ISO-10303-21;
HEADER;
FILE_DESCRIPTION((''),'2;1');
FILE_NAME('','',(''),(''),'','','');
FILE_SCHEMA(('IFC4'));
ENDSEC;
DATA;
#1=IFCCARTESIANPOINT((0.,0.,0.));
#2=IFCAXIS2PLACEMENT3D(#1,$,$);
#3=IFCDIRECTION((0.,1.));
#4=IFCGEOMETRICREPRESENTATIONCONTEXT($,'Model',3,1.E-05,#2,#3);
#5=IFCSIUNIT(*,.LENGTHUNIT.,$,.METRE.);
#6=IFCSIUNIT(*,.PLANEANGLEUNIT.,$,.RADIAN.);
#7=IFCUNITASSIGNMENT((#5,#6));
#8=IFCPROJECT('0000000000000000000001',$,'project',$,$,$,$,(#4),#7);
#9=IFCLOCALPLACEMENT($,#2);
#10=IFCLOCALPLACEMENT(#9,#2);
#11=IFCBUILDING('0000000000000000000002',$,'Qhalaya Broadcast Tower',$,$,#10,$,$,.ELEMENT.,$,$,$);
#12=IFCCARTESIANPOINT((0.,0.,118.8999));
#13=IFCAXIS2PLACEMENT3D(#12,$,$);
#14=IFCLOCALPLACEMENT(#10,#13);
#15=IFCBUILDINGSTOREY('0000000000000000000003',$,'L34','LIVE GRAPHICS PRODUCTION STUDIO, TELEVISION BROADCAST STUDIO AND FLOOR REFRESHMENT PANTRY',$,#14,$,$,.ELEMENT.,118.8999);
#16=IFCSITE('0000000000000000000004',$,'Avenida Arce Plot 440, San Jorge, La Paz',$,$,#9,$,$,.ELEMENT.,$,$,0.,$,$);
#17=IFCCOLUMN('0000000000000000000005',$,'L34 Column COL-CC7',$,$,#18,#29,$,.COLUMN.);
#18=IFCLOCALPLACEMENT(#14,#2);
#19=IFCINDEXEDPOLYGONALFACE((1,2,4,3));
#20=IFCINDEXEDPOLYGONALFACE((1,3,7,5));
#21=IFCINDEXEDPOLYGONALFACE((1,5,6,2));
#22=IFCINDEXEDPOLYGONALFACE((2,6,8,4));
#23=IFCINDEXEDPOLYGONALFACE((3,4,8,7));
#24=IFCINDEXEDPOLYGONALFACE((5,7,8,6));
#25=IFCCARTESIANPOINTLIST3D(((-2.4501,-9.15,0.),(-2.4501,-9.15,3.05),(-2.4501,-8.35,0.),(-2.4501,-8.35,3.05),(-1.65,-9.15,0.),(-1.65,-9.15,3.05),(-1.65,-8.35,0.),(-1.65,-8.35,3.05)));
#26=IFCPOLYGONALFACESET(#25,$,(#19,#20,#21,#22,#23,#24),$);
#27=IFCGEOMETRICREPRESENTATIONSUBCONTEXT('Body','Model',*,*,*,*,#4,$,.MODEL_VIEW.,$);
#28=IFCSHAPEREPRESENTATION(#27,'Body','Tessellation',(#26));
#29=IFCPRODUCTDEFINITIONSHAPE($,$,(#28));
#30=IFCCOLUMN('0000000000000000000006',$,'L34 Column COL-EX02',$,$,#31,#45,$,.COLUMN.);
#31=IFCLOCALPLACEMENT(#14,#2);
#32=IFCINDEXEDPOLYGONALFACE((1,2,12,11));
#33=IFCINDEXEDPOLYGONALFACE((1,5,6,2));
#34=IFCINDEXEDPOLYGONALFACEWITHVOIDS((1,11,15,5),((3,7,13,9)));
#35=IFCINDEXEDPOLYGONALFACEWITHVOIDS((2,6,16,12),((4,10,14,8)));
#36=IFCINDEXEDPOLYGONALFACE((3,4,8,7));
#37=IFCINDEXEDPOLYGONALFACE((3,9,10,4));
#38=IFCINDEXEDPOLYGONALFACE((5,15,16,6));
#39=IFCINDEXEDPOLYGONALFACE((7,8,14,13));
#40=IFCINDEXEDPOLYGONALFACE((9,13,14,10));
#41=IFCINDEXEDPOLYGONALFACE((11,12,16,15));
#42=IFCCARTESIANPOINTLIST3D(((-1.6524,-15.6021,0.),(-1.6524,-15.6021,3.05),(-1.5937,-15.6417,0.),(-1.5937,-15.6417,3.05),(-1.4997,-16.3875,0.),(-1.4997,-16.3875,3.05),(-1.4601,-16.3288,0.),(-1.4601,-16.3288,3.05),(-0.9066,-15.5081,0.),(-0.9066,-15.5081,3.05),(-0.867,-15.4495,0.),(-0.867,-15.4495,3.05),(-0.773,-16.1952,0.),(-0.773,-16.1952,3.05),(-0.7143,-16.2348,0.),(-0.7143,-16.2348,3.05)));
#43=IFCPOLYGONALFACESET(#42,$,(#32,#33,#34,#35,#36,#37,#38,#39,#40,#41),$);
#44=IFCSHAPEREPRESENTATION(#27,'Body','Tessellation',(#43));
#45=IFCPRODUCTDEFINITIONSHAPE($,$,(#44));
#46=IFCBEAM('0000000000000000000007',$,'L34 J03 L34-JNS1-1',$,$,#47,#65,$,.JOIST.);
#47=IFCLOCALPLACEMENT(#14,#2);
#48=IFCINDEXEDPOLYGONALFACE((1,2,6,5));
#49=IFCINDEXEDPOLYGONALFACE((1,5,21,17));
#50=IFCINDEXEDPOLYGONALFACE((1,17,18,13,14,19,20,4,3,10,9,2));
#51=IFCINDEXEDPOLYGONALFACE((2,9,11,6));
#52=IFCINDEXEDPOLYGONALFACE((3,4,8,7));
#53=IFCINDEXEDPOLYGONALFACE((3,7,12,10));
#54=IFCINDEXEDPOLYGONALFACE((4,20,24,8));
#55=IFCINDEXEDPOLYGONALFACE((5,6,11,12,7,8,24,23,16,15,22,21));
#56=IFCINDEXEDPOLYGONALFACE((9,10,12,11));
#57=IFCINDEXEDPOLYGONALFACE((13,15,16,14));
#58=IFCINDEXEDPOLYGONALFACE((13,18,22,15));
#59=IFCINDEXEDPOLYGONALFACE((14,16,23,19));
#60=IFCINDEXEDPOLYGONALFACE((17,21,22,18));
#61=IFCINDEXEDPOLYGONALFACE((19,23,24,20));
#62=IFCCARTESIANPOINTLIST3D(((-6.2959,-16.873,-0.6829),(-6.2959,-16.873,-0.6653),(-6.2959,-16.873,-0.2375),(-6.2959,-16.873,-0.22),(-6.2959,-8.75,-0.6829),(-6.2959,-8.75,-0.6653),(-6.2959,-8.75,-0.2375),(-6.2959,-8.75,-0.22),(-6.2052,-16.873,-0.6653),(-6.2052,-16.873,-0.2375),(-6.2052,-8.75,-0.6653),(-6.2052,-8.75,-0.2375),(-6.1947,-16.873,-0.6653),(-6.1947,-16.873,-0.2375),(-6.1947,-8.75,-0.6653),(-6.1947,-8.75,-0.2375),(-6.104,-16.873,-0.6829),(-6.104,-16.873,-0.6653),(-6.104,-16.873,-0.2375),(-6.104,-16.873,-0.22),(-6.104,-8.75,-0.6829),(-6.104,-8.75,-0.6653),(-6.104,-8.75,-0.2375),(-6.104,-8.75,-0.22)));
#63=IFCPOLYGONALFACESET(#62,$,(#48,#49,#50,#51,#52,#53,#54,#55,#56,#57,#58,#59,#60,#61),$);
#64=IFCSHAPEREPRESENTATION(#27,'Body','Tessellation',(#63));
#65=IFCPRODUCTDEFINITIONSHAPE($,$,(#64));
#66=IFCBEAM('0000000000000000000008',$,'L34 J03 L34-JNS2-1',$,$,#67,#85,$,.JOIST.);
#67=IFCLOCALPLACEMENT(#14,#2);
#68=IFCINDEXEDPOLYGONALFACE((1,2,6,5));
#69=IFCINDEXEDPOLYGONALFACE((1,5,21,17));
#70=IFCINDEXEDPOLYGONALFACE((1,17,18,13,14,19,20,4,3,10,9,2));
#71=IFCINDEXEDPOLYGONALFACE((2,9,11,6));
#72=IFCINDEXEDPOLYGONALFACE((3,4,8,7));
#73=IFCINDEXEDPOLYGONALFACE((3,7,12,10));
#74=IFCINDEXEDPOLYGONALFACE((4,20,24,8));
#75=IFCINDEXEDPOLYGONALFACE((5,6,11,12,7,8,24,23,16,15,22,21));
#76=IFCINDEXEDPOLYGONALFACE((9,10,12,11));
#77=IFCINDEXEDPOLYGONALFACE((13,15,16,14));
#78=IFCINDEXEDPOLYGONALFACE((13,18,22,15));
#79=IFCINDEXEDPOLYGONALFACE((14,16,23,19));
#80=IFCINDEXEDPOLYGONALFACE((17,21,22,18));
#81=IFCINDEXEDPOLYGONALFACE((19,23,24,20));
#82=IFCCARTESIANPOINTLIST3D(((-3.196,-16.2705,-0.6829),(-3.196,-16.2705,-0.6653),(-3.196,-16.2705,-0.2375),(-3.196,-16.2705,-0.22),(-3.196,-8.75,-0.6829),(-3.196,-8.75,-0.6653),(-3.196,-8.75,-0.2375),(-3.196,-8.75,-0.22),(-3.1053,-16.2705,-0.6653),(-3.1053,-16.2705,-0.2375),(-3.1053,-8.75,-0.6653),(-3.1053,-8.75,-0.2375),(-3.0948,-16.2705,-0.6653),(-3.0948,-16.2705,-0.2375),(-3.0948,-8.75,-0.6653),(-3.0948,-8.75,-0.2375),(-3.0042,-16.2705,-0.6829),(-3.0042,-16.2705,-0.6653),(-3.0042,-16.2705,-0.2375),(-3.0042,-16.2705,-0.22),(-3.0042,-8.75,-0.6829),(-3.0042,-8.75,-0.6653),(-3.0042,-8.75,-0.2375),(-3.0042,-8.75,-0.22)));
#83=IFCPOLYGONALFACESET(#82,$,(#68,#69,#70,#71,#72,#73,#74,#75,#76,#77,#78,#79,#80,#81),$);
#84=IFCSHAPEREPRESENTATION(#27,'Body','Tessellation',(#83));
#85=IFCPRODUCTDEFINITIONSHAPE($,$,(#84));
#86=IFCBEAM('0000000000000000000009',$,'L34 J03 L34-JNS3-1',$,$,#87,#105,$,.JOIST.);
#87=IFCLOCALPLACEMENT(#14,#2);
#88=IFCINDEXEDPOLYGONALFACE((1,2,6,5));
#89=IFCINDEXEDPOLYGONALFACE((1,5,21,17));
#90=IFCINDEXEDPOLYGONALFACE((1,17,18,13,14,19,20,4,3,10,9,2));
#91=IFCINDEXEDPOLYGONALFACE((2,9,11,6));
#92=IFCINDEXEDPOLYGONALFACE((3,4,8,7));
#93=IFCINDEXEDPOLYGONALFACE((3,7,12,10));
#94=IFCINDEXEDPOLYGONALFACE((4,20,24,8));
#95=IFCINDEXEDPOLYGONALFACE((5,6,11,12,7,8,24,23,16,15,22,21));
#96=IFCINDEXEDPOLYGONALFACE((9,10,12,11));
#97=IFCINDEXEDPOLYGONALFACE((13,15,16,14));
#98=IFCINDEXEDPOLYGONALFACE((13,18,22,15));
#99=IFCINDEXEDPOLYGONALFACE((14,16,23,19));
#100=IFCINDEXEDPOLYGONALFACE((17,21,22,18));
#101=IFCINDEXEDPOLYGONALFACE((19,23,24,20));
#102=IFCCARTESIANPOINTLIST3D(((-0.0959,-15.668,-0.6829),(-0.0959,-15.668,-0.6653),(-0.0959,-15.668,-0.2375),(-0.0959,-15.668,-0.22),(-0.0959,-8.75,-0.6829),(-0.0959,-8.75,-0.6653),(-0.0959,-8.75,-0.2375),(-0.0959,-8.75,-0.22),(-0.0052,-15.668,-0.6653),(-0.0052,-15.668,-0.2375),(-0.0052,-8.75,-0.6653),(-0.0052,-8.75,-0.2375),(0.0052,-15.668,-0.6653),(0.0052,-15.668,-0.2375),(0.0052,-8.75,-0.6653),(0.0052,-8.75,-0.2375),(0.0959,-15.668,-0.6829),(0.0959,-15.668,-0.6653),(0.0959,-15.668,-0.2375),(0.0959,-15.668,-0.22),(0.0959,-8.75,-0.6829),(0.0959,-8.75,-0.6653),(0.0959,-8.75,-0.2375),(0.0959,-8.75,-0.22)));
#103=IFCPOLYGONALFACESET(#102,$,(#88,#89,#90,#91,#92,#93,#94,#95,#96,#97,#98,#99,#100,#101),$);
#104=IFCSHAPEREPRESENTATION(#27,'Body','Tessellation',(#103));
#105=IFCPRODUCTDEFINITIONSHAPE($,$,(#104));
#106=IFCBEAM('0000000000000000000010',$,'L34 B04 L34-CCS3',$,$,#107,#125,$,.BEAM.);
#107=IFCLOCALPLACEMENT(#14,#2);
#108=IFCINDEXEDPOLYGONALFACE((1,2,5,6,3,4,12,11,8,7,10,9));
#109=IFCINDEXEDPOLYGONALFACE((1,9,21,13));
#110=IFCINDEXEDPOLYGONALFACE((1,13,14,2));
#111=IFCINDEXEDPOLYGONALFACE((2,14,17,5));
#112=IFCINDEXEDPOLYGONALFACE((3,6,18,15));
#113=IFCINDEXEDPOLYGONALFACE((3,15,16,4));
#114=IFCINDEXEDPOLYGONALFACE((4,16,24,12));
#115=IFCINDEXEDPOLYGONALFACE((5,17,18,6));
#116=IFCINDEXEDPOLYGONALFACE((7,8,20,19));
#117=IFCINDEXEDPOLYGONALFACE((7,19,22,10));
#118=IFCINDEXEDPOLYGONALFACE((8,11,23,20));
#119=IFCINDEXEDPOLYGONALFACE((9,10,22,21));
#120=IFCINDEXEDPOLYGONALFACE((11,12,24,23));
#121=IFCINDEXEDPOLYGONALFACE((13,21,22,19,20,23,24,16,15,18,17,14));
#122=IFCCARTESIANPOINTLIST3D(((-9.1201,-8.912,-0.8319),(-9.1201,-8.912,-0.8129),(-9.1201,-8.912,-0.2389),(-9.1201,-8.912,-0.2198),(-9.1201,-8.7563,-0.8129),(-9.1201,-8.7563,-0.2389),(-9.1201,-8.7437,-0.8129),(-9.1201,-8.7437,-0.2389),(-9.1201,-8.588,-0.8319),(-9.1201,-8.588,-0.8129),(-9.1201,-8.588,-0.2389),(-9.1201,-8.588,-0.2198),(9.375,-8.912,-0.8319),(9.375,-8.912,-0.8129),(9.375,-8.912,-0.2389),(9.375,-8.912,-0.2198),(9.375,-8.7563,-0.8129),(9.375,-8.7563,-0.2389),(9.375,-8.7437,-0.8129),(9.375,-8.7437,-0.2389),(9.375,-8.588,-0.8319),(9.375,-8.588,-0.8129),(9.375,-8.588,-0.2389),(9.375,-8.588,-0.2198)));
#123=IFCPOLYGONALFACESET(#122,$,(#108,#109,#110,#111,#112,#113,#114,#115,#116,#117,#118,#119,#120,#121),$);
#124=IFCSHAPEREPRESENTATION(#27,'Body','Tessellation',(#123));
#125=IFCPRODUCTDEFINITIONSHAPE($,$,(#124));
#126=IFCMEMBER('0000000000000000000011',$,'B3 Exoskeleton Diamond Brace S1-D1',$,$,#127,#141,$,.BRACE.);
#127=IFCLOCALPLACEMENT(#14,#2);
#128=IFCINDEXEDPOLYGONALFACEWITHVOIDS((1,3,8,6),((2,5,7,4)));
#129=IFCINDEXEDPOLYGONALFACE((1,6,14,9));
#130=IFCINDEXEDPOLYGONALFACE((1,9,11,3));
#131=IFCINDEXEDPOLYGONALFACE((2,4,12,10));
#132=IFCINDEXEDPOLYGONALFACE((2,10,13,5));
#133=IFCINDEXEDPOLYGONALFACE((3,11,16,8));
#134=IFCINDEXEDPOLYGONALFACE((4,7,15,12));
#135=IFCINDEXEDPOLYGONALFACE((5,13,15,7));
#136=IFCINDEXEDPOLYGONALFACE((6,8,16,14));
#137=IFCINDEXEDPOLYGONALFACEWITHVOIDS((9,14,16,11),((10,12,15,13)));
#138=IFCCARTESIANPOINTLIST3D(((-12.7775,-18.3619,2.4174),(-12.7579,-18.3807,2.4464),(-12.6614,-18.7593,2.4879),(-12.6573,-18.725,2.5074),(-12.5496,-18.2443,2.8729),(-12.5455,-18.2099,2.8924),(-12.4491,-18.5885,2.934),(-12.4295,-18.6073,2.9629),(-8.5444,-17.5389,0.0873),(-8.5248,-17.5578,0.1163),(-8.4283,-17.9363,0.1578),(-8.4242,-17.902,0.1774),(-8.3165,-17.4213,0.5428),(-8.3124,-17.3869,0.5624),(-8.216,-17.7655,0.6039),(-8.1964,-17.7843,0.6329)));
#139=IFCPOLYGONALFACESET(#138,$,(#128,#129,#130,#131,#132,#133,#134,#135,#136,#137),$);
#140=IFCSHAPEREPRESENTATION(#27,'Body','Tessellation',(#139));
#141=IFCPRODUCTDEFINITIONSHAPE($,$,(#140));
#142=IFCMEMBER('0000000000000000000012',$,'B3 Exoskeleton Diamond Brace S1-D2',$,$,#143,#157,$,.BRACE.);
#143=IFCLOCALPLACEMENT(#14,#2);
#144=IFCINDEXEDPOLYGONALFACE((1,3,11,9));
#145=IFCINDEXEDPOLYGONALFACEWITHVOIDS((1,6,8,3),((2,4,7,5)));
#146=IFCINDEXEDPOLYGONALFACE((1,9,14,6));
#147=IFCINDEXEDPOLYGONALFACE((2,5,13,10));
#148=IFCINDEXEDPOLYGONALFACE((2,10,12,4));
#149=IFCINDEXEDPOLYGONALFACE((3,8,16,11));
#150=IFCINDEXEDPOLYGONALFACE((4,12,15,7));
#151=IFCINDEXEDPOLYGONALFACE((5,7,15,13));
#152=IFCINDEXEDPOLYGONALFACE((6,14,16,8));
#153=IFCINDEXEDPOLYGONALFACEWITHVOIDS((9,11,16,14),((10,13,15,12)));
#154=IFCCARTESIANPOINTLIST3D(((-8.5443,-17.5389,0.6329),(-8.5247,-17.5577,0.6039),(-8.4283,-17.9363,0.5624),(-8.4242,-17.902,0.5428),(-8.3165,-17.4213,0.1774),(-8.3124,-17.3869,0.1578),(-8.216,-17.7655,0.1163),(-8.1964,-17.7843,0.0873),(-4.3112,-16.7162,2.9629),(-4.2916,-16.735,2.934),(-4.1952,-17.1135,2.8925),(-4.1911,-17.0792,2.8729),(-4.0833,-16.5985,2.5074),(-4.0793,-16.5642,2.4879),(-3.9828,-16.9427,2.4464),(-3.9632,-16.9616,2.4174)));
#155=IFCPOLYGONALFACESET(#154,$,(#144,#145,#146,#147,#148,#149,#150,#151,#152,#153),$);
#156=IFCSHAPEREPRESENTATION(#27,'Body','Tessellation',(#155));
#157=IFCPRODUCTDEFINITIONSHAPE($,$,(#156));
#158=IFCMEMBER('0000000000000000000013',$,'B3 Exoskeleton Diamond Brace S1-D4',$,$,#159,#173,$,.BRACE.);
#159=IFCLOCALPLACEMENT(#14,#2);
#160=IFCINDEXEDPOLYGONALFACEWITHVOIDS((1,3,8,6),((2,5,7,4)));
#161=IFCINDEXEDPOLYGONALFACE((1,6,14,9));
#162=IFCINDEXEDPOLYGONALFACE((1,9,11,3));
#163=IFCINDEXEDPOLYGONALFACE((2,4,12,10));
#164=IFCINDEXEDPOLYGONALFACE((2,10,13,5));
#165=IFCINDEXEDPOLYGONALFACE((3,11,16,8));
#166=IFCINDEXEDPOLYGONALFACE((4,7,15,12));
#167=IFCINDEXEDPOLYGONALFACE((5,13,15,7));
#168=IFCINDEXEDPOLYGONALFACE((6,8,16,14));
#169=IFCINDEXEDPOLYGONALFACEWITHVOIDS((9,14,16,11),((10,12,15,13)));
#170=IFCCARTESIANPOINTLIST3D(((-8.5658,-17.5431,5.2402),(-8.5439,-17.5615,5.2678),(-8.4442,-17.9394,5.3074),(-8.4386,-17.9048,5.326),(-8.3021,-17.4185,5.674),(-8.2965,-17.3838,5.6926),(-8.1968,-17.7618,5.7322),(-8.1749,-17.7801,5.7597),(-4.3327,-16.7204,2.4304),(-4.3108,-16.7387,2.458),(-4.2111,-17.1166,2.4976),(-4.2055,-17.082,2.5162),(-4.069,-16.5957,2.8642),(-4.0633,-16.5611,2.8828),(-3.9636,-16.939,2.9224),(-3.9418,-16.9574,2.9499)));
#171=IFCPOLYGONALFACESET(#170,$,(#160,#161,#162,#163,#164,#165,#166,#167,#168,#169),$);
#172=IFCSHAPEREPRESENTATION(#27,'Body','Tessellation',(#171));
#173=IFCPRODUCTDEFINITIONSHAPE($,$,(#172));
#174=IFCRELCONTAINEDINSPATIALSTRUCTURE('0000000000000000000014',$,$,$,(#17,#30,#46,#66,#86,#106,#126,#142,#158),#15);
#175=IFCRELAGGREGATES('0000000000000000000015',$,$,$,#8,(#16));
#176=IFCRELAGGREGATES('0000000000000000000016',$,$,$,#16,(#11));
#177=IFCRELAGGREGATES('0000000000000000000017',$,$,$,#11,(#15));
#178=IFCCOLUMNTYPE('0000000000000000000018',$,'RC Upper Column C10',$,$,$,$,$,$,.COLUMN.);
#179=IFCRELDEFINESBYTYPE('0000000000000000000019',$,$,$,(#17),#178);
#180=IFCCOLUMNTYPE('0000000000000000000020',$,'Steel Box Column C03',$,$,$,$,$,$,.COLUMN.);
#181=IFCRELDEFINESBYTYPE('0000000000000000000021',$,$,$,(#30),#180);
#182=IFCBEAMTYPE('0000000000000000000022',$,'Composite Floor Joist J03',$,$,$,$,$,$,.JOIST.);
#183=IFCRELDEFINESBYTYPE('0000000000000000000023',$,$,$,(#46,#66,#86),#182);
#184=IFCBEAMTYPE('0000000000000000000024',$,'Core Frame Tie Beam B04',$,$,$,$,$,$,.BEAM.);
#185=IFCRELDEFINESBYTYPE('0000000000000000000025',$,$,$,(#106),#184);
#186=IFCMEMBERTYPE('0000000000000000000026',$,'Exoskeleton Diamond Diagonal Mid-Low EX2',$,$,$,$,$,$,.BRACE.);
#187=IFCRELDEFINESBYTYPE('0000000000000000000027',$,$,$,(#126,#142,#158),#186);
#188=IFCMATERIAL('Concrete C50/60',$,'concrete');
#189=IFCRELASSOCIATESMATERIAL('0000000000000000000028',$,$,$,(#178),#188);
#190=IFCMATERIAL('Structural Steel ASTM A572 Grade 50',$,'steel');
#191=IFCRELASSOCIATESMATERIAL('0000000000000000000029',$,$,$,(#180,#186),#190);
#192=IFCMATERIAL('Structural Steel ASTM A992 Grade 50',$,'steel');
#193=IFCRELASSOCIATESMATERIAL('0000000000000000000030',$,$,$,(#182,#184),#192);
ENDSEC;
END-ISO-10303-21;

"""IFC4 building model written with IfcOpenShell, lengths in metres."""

from ifc_helpers import new_model, si_unit, direction, frame, origin, origin_2d, place, context, subcontext, project, spatial, rectangle, hollow_rectangle, i_section, extrude, material, material_profile, profile_set, type_object, element, save


model = new_model("IFC4")

# Units and contexts
model_context = context("Model", 3, precision=1e-05, world=origin(), true_north=direction((0.0, 1.0)))
body_context = subcontext(model_context, "Body", "Model", "MODEL_VIEW")
ifc_project = project(units=[si_unit("LENGTHUNIT", "METRE"), si_unit("PLANEANGLEUNIT", "RADIAN")], contexts=[model_context])

# Site, building, storey
site_placement = place(None, origin())
site = spatial("IfcSite", under=ifc_project, at=site_placement, Name="Avenida Arce Plot 440, San Jorge, La Paz", CompositionType="ELEMENT", RefElevation=0.0)
building_placement = place(site_placement, origin())
building = spatial("IfcBuilding", under=site, at=building_placement, Name="Qhalaya Broadcast Tower", CompositionType="ELEMENT")
storey_placement = place(building_placement, frame((0.0, 0.0, 118.8999)))
storey = spatial("IfcBuildingStorey", under=building, at=storey_placement, Name="L34", Description="LIVE GRAPHICS PRODUCTION STUDIO, TELEVISION BROADCAST STUDIO AND FLOOR REFRESHMENT PANTRY", CompositionType="ELEMENT", Elevation=118.8999)

# Columns
ifc_material_1 = material(Name="Concrete C50/60", Category="concrete")
ifc_material_profile_1 = material_profile(ifc_material_1, rectangle(XDim=0.8, YDim=0.8, at=origin_2d()), Name="RC-COL 800x800")
ifc_profile_set_1 = profile_set([ifc_material_profile_1], Name="Concrete C50/60")
column_type_1 = type_object("IfcColumnType", Name="RC Upper Column C10", PredefinedType="COLUMN", material=ifc_profile_set_1)
column_1_placement = place(storey_placement, frame((-2.05, -8.75, 0.0), z_axis=(0.0, 0.0, 1.0), x_axis=(1.0, 0.0, 0.0)))
element("IfcColumn", 1, at=column_1_placement, inside=storey, type_object=column_type_1, Name="L34 Column COL-CC7", PredefinedType="COLUMN", context=body_context, shape_type="SweptSolid", body=[
    extrude(rectangle(XDim=0.8, YDim=0.8, at=origin_2d()), origin(), (0.0, 0.0, 1.0), 3.05),
])
ifc_material_2 = material(Name="Structural Steel ASTM A572 Grade 50", Category="steel")
ifc_material_profile_2 = material_profile(ifc_material_2, hollow_rectangle(XDim=0.8, YDim=0.8, WallThickness=0.05, at=origin_2d()), Name="BOX 800x800x50")
ifc_profile_set_2 = profile_set([ifc_material_profile_2], Name="Structural Steel ASTM A572 Grade 50")
column_type_2 = type_object("IfcColumnType", Name="Steel Box Column C03", PredefinedType="COLUMN", material=ifc_profile_set_2)
column_2_placement = place(storey_placement, frame((-1.1833, -15.9185, 0.0), z_axis=(0.0, 0.0, 1.0), x_axis=(0.981627, 0.190809, 0.0)))
element("IfcColumn", 2, at=column_2_placement, inside=storey, type_object=column_type_2, Name="L34 Column COL-EX02", PredefinedType="COLUMN", context=body_context, shape_type="SweptSolid", body=[
    extrude(hollow_rectangle(XDim=0.8, YDim=0.8, WallThickness=0.05, at=origin_2d()), origin(), (0.0, 0.0, 1.0), 3.05),
])

# Beams
ifc_material_3 = material(Name="Structural Steel ASTM A992 Grade 50", Category="steel")
ifc_material_profile_3 = material_profile(ifc_material_3, i_section(OverallWidth=0.1919, OverallDepth=0.4629, WebThickness=0.0105, FlangeThickness=0.0176, at=origin_2d()), Name="W18X60")
ifc_profile_set_3 = profile_set([ifc_material_profile_3], Name="Structural Steel ASTM A992 Grade 50")
beam_type_1 = type_object("IfcBeamType", Name="Composite Floor Joist J03", PredefinedType="JOIST", material=ifc_profile_set_3)
beam_1_placement = place(storey_placement, frame((-6.2, -16.873, -0.4514), z_axis=(0.0, 1.0, 0.0), x_axis=(-1.0, 0.0, 0.0)))
element("IfcBeam", 3, at=beam_1_placement, inside=storey, type_object=beam_type_1, Name="L34 J03 L34-JNS1-1", PredefinedType="JOIST", context=body_context, shape_type="SweptSolid", body=[
    extrude(i_section(OverallWidth=0.1919, OverallDepth=0.4629, WebThickness=0.0105, FlangeThickness=0.0176, at=origin_2d()), origin(), (0.0, 0.0, 1.0), 8.123),
])
beam_2_placement = place(storey_placement, frame((-3.1001, -16.2705, -0.4514), z_axis=(0.0, 1.0, 0.0), x_axis=(-1.0, 0.0, 0.0)))
element("IfcBeam", 4, at=beam_2_placement, inside=storey, type_object=beam_type_1, Name="L34 J03 L34-JNS2-1", PredefinedType="JOIST", context=body_context, shape_type="SweptSolid", body=[
    extrude(i_section(OverallWidth=0.1919, OverallDepth=0.4629, WebThickness=0.0105, FlangeThickness=0.0176, at=origin_2d()), origin(), (0.0, 0.0, 1.0), 7.5205),
])
beam_3_placement = place(storey_placement, frame((0.0, -15.668, -0.4514), z_axis=(0.0, 1.0, 0.0), x_axis=(-1.0, 0.0, 0.0)))
element("IfcBeam", 5, at=beam_3_placement, inside=storey, type_object=beam_type_1, Name="L34 J03 L34-JNS3-1", PredefinedType="JOIST", context=body_context, shape_type="SweptSolid", body=[
    extrude(i_section(OverallWidth=0.1919, OverallDepth=0.4629, WebThickness=0.0105, FlangeThickness=0.0176, at=origin_2d()), origin(), (0.0, 0.0, 1.0), 6.918),
])
ifc_material_profile_4 = material_profile(ifc_material_3, i_section(OverallWidth=0.324, OverallDepth=0.6121, WebThickness=0.0127, FlangeThickness=0.019, at=origin_2d()), Name="W24X104")
ifc_profile_set_4 = profile_set([ifc_material_profile_4], Name="Structural Steel ASTM A992 Grade 50")
beam_type_2 = type_object("IfcBeamType", Name="Core Frame Tie Beam B04", PredefinedType="BEAM", material=ifc_profile_set_4)
beam_4_placement = place(storey_placement, frame((-9.1201, -8.75, -0.5259), z_axis=(1.0, 0.0, 0.0), x_axis=(0.0, 1.0, 0.0)))
element("IfcBeam", 6, at=beam_4_placement, inside=storey, type_object=beam_type_2, Name="L34 B04 L34-CCS3", PredefinedType="BEAM", context=body_context, shape_type="SweptSolid", body=[
    extrude(i_section(OverallWidth=0.324, OverallDepth=0.6121, WebThickness=0.0127, FlangeThickness=0.019, at=origin_2d()), origin(), (0.0, 0.0, 1.0), 18.4951),
])

# Members
ifc_material_profile_5 = material_profile(ifc_material_2, hollow_rectangle(XDim=0.4199, YDim=0.55, WallThickness=0.0281, at=origin_2d()), Name="BOX 420x550x28")
ifc_profile_set_5 = profile_set([ifc_material_profile_5], Name="Structural Steel ASTM A572 Grade 50")
member_type = type_object("IfcMemberType", Name="Exoskeleton Diamond Diagonal Mid-Low EX2", PredefinedType="BRACE", material=ifc_profile_set_5)
for number, where, z_axis, x_axis, name in (
    (7, (-8.3704, -17.6616, 0.3601), (-0.863618, -0.167902, 0.475366), (0.276375, -0.946275, 0.167871), "B3 Exoskeleton Diamond Brace S1-D1"),
    (8, (-8.3704, -17.6616, 0.3601), (0.863625, 0.167854, 0.47537), (-0.276323, 0.94629, 0.167871), "B3 Exoskeleton Diamond Brace S1-D2"),
):
    element("IfcMember", number, at=place(storey_placement, frame(where, z_axis=z_axis, x_axis=x_axis)), inside=storey, type_object=member_type, Name=name, PredefinedType="BRACE", context=body_context, shape_type="SweptSolid", body=[
        extrude(hollow_rectangle(XDim=0.4199, YDim=0.55, WallThickness=0.0281, at=origin_2d()), origin(), (0.0, 0.0, 1.0), 4.9016),
    ])
member_1_placement = place(storey_placement, frame((-4.1372, -16.8389, 2.6902), z_axis=(-0.822451, -0.159851, 0.545913), x_axis=(0.289536, -0.943722, 0.159868)))
element("IfcMember", 9, at=member_1_placement, inside=storey, type_object=member_type, Name="B3 Exoskeleton Diamond Brace S1-D4", PredefinedType="BRACE", context=body_context, shape_type="SweptSolid", body=[
    extrude(hollow_rectangle(XDim=0.4199, YDim=0.55, WallThickness=0.0281, at=origin_2d()), origin(), (0.0, 0.0, 1.0), 5.147),
])

save(model, "model.ifc")
